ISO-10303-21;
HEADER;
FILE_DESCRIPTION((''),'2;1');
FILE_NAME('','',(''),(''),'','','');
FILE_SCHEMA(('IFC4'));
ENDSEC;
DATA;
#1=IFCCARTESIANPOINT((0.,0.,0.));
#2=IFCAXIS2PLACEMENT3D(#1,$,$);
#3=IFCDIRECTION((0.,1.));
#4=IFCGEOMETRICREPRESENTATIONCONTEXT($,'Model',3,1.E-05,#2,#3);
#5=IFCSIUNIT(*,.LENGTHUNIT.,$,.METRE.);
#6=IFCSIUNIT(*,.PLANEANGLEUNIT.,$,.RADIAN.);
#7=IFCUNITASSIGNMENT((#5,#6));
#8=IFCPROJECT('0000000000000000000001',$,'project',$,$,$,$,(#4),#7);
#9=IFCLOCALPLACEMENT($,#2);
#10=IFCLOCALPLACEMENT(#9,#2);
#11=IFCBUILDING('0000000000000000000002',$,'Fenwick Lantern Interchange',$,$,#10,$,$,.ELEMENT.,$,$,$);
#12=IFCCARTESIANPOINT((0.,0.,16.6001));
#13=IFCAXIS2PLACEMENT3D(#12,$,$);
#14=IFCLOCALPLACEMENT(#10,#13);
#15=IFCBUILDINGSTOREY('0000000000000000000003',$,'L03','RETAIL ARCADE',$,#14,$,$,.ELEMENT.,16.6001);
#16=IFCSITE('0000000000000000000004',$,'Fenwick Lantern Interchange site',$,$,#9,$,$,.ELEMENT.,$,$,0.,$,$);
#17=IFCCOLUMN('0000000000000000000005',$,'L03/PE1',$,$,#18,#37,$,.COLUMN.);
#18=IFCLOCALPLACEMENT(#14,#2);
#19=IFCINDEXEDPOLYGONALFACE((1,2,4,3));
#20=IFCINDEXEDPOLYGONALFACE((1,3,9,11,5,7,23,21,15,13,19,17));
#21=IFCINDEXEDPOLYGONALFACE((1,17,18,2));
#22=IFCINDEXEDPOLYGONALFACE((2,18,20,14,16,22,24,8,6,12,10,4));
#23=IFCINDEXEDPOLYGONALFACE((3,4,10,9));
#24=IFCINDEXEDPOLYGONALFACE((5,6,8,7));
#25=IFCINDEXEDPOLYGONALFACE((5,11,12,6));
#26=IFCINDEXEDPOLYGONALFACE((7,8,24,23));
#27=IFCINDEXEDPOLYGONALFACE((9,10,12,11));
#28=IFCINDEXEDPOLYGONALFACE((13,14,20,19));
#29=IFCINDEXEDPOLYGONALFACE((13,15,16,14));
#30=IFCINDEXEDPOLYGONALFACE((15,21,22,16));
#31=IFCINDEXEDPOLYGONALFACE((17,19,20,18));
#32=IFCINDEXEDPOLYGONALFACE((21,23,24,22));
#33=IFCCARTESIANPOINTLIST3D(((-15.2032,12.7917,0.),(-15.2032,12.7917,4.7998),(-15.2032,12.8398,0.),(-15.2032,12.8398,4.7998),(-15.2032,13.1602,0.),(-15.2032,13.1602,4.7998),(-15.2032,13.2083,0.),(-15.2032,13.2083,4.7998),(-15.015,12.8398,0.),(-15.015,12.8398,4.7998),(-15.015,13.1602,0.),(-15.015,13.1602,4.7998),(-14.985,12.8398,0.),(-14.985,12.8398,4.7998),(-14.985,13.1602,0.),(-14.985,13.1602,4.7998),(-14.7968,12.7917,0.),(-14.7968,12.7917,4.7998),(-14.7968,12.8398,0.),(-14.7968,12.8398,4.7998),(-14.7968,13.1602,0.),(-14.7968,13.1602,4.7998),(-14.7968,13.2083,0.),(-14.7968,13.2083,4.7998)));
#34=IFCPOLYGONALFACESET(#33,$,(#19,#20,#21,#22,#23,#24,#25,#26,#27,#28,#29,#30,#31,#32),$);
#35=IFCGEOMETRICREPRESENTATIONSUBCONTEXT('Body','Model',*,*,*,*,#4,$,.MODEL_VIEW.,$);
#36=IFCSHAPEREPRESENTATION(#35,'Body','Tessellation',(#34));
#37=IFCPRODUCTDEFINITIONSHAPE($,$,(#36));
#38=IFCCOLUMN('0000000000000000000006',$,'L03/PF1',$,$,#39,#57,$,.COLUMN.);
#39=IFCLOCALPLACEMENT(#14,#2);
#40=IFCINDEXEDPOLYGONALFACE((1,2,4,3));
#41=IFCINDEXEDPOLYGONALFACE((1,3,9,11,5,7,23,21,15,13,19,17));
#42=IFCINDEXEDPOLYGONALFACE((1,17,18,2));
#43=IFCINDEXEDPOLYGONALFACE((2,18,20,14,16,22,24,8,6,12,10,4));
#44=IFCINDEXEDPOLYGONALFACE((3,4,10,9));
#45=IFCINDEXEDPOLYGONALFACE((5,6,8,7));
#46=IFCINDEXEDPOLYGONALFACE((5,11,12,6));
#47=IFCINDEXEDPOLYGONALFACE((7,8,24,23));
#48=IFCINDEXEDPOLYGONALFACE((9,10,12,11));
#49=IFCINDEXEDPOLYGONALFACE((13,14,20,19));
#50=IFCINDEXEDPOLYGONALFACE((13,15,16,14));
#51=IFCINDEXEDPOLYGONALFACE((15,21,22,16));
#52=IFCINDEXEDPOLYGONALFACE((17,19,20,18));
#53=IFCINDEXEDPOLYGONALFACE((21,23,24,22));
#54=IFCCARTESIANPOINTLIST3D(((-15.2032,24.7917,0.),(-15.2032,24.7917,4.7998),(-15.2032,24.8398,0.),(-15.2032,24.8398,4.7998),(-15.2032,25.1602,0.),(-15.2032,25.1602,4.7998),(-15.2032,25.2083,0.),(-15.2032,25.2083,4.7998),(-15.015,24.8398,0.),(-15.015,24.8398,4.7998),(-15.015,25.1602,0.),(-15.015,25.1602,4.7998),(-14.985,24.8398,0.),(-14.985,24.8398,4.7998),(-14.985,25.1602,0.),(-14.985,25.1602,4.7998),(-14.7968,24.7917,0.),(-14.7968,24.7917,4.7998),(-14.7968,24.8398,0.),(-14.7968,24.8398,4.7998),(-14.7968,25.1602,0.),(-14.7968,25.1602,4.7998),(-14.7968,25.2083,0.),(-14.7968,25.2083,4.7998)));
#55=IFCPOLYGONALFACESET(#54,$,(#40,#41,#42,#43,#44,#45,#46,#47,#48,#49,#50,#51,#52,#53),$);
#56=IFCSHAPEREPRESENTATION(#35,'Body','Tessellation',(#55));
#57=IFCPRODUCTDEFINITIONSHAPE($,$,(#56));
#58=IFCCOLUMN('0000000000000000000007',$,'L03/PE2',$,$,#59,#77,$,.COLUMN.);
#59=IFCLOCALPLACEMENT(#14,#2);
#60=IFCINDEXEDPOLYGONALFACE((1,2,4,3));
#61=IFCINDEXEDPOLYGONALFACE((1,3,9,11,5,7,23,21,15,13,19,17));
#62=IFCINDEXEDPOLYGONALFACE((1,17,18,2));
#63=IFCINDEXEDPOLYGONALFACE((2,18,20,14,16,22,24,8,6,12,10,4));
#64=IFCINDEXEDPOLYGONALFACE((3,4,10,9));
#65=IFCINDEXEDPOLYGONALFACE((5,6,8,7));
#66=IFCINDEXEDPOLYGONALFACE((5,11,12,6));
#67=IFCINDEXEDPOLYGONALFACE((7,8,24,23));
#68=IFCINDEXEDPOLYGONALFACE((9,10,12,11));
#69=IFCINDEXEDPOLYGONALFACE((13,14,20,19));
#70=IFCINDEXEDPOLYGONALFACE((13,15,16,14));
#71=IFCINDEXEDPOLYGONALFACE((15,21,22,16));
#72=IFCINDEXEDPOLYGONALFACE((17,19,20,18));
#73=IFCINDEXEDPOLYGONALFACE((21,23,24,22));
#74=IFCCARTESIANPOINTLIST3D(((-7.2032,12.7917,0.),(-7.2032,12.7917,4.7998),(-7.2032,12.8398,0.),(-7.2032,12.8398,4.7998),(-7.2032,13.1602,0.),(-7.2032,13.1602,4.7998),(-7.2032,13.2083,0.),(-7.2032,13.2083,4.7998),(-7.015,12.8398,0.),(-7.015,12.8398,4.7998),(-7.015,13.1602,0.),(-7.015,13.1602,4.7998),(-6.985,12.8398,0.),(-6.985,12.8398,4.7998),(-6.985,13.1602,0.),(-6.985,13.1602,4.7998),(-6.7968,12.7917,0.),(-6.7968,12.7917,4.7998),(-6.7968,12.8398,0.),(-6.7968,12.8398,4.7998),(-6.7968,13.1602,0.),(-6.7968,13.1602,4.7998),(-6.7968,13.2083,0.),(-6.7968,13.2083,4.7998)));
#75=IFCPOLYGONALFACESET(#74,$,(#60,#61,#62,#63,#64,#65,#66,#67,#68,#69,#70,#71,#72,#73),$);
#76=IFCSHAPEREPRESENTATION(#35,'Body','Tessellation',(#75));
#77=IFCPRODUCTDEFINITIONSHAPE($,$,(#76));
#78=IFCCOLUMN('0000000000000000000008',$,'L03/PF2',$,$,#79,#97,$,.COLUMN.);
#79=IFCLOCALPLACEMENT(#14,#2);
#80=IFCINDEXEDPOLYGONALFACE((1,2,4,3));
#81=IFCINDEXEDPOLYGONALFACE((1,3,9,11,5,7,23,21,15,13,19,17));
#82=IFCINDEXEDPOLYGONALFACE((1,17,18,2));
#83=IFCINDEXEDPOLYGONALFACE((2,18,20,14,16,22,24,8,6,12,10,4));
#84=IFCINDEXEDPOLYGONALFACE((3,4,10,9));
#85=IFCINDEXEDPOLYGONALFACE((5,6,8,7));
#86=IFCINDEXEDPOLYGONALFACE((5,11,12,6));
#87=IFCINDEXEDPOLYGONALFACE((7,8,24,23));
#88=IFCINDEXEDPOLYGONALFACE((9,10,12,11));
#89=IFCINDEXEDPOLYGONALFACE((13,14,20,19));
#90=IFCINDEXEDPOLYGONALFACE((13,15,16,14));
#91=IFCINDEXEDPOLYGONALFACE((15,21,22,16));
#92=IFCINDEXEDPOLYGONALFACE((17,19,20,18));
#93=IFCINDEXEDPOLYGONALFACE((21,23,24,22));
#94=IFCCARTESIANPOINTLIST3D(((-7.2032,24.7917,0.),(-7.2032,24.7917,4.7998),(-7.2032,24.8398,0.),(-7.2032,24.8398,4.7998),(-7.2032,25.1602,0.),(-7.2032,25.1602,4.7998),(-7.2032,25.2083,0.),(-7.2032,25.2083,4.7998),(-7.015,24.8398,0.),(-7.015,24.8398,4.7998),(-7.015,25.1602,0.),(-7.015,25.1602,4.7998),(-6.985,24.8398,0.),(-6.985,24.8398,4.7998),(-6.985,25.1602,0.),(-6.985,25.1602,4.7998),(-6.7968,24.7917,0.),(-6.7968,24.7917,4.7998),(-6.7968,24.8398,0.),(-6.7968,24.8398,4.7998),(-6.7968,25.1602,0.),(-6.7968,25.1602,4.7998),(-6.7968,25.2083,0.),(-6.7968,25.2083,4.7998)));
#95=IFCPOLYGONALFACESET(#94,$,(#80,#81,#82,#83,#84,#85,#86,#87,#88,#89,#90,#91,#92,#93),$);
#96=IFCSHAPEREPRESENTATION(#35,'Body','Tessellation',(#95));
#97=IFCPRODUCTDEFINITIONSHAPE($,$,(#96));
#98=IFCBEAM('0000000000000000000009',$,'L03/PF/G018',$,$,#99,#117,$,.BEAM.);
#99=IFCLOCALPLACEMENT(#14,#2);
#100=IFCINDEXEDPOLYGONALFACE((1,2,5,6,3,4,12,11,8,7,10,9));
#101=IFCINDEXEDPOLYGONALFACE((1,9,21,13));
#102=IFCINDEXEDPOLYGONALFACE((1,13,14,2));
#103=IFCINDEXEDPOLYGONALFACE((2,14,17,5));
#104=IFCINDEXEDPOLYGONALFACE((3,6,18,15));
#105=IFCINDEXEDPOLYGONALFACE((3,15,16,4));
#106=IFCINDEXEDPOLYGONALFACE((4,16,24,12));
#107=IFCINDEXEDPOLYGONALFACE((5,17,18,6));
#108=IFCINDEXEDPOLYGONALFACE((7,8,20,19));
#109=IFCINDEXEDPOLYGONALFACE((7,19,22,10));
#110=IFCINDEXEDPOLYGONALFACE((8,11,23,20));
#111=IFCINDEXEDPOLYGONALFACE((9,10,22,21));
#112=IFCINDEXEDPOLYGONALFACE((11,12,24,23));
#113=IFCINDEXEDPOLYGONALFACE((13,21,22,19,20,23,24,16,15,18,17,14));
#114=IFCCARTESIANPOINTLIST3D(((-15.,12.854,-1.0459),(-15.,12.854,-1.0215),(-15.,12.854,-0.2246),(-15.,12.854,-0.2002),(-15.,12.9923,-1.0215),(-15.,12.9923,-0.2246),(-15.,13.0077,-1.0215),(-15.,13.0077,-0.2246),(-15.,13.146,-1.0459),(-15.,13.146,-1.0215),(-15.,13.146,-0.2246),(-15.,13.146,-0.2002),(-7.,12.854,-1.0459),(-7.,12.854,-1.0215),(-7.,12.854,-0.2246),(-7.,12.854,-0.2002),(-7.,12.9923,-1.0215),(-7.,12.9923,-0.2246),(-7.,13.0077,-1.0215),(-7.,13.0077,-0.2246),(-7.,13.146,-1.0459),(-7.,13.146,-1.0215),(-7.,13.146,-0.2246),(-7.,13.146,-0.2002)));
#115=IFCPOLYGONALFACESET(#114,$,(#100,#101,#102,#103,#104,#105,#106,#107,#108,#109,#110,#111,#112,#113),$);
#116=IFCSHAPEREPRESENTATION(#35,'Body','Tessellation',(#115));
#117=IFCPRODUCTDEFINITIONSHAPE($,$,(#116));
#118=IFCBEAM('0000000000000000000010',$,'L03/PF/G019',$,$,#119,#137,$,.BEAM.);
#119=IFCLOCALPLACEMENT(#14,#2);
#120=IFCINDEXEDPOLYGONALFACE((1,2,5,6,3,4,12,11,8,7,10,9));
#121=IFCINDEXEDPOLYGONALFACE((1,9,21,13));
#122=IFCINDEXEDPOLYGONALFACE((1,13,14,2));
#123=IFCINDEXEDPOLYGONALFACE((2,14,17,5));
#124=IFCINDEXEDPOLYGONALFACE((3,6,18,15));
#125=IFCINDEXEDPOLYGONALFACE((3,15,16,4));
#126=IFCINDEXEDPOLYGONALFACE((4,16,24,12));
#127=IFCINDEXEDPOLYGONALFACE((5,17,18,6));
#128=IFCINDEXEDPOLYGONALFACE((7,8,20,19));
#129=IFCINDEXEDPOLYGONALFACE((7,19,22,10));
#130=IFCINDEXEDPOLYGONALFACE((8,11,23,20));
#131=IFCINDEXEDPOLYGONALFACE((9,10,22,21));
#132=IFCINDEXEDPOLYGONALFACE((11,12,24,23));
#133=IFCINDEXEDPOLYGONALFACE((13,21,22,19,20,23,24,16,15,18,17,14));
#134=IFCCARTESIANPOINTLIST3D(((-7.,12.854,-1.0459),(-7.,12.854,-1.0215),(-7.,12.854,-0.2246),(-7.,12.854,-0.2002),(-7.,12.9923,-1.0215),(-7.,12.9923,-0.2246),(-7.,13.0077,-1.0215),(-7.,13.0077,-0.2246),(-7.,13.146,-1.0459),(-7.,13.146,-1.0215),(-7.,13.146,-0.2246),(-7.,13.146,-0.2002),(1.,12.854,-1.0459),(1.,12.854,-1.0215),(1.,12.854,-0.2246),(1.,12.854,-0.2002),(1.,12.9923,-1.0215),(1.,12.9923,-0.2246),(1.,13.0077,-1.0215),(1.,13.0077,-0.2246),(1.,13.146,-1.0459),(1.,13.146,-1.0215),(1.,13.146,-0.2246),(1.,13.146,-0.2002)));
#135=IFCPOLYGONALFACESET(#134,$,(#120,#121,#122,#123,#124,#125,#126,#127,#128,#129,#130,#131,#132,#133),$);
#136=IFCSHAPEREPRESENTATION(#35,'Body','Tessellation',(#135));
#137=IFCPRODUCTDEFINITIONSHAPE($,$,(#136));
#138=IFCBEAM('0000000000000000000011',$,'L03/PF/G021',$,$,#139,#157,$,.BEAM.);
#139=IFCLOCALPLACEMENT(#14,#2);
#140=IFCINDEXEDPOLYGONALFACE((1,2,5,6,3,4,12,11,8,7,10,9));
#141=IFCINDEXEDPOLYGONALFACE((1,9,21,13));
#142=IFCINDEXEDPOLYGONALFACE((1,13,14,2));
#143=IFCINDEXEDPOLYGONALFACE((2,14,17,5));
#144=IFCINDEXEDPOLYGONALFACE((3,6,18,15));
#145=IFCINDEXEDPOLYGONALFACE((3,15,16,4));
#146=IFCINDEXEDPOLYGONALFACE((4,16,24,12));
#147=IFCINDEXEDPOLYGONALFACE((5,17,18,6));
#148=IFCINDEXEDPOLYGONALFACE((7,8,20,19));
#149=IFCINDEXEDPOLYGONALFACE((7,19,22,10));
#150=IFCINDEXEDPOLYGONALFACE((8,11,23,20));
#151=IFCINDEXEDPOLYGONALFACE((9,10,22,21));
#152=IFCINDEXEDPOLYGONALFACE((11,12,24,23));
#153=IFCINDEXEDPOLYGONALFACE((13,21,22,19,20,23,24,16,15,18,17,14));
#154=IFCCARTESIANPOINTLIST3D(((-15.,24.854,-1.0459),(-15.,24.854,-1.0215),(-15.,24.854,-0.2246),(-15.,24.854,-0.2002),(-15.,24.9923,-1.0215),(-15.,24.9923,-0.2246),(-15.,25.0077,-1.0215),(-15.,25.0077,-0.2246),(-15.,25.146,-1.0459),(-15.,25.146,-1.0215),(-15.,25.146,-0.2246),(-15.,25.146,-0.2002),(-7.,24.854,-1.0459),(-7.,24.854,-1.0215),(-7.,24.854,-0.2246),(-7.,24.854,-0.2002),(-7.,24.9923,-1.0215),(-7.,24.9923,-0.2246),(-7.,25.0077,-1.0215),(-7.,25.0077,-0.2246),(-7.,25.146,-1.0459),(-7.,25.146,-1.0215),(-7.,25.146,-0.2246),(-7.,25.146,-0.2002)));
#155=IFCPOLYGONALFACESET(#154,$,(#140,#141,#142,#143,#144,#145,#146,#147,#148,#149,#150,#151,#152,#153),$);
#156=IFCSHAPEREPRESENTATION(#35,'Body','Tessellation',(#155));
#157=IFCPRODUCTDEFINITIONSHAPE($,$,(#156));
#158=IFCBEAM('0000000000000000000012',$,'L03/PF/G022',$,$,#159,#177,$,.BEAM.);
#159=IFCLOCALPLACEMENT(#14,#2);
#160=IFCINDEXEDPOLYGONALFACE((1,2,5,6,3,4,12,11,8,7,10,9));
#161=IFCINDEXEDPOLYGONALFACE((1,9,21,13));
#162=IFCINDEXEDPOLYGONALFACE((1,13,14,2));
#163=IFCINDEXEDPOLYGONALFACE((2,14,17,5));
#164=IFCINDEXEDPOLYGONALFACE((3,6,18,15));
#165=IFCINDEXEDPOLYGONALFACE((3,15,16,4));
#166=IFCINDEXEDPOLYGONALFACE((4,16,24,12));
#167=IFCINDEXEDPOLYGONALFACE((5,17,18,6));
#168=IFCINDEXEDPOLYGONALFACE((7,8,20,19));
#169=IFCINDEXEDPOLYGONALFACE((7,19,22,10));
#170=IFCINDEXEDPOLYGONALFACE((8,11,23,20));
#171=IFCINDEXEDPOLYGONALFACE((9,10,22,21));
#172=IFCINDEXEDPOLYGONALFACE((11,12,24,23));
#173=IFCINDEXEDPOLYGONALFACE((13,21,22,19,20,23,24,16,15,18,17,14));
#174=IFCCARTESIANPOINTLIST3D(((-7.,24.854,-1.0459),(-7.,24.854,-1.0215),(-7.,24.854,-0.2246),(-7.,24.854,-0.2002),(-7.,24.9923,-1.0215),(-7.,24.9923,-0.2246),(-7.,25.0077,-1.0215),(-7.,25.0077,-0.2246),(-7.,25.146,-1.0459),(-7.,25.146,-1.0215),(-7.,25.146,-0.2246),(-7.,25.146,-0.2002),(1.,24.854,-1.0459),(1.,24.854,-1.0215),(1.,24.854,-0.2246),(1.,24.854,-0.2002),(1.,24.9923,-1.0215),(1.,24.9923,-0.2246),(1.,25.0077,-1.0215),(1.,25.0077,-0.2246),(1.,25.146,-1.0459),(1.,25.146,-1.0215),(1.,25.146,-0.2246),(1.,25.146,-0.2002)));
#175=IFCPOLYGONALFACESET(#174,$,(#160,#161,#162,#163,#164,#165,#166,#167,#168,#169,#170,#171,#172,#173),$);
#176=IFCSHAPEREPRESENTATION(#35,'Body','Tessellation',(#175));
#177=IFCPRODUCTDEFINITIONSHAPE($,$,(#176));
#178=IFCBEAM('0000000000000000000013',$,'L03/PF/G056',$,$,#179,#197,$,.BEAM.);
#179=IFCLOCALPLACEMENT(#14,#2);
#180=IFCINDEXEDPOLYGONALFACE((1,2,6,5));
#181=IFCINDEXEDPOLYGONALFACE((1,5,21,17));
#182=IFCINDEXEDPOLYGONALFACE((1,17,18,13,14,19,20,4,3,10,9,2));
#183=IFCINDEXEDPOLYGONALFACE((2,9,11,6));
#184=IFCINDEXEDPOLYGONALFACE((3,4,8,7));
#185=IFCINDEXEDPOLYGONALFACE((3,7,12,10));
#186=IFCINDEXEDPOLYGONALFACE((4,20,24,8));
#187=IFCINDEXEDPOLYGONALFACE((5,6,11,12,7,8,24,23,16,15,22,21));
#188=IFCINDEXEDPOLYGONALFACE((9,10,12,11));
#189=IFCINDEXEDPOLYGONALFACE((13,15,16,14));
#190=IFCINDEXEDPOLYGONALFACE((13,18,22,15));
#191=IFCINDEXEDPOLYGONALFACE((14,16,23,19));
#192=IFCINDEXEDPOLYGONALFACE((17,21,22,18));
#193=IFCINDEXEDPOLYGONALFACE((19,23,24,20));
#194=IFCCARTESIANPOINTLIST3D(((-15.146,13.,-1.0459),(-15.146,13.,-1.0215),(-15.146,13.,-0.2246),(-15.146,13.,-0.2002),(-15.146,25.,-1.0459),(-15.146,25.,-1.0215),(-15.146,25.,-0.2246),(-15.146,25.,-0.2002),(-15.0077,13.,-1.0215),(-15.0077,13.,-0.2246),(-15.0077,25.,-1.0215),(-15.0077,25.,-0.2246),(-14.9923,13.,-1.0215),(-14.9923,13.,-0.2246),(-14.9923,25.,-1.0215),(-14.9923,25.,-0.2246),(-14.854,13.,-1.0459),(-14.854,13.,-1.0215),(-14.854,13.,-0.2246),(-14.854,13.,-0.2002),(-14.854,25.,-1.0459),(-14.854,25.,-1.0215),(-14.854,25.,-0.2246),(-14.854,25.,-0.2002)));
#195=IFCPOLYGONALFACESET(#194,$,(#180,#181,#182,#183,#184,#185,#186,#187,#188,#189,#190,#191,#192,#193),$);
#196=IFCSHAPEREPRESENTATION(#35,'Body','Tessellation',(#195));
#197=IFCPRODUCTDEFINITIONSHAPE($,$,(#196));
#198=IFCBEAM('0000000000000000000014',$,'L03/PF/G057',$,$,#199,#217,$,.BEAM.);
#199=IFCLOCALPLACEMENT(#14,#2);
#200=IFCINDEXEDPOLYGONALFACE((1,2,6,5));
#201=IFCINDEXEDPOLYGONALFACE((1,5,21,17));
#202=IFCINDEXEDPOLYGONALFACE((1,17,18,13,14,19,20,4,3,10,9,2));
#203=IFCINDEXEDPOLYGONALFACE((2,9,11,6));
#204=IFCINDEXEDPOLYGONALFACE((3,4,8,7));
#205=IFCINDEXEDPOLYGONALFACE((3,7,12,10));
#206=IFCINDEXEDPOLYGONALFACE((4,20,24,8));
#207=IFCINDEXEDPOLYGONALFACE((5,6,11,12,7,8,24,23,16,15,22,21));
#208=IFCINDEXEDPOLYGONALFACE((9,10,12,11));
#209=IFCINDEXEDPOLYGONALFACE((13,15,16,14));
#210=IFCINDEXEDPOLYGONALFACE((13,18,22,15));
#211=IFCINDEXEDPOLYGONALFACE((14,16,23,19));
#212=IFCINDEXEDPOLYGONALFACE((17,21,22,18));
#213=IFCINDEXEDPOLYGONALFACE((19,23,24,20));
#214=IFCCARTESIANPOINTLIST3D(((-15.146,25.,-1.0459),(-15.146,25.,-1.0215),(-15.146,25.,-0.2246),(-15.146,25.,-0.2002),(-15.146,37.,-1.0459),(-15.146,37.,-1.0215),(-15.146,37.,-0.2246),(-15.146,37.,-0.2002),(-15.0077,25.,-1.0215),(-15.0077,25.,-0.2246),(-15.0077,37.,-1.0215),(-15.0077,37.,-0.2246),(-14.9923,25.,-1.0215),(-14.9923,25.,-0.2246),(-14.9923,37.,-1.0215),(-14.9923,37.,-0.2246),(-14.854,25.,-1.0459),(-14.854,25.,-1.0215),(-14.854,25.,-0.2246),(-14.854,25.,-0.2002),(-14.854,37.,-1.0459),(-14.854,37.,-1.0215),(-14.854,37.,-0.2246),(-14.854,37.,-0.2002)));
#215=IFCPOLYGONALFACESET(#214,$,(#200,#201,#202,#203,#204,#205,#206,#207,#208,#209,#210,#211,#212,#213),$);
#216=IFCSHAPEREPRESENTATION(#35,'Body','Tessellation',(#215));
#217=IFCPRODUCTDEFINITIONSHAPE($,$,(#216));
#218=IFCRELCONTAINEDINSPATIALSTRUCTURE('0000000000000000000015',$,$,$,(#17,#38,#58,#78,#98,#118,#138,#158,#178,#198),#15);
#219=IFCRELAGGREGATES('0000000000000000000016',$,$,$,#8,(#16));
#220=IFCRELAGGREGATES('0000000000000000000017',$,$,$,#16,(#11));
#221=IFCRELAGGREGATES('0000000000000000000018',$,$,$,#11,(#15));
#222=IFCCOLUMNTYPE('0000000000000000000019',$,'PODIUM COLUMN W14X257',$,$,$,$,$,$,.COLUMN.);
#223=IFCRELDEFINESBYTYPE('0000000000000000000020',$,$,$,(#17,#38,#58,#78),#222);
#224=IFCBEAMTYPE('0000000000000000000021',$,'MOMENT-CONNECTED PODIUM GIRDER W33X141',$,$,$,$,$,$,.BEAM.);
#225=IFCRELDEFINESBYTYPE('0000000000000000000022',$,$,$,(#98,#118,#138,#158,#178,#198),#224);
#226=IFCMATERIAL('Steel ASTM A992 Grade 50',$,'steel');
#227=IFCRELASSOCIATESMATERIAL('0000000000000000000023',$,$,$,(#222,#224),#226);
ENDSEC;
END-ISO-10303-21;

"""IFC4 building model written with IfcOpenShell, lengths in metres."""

from ifc_helpers import new_model, si_unit, direction, frame, origin, origin_2d, place, context, subcontext, project, spatial, i_section, extrude, material, material_profile, profile_set, type_object, element, save


model = new_model("IFC4")

# Units and contexts
model_context = context("Model", 3, precision=1e-05, world=origin(), true_north=direction((0.0, 1.0)))
body_context = subcontext(model_context, "Body", "Model", "MODEL_VIEW")
ifc_project = project(units=[si_unit("LENGTHUNIT", "METRE"), si_unit("PLANEANGLEUNIT", "RADIAN")], contexts=[model_context])

# Site, building, storey
site_placement = place(None, origin())
site = spatial("IfcSite", under=ifc_project, at=site_placement, Name="Fenwick Lantern Interchange site", CompositionType="ELEMENT", RefElevation=0.0)
building_placement = place(site_placement, origin())
building = spatial("IfcBuilding", under=site, at=building_placement, Name="Fenwick Lantern Interchange", CompositionType="ELEMENT")
storey_placement = place(building_placement, frame((0.0, 0.0, 16.6001)))
storey = spatial("IfcBuildingStorey", under=building, at=storey_placement, Name="L03", Description="RETAIL ARCADE", CompositionType="ELEMENT", Elevation=16.6001)

# Columns
ifc_material_1 = material(Name="Steel ASTM A992 Grade 50", Category="steel")
ifc_material_profile_1 = material_profile(ifc_material_1, i_section(OverallWidth=0.4065, OverallDepth=0.4165, WebThickness=0.03, FlangeThickness=0.0481, at=origin_2d()), Name="W14X257")
ifc_profile_set_1 = profile_set([ifc_material_profile_1], Name="Steel ASTM A992 Grade 50")
column_type = type_object("IfcColumnType", Name="PODIUM COLUMN W14X257", PredefinedType="COLUMN", material=ifc_profile_set_1)
for number, where, z_axis, x_axis, name in (
    (1, (-15.0, 13.0, 0.0), (0.0, 0.0, 1.0), (1.0, 0.0, 0.0), "L03/PE1"),
    (2, (-15.0, 25.0, 0.0), (0.0, 0.0, 1.0), (1.0, 0.0, 0.0), "L03/PF1"),
    (3, (-7.0, 13.0, 0.0), (0.0, 0.0, 1.0), (1.0, 0.0, 0.0), "L03/PE2"),
    (4, (-7.0, 25.0, 0.0), (0.0, 0.0, 1.0), (1.0, 0.0, 0.0), "L03/PF2"),
):
    element("IfcColumn", number, at=place(storey_placement, frame(where, z_axis=z_axis, x_axis=x_axis)), inside=storey, type_object=column_type, Name=name, PredefinedType="COLUMN", context=body_context, shape_type="SweptSolid", body=[
        extrude(i_section(OverallWidth=0.4065, OverallDepth=0.4165, WebThickness=0.03, FlangeThickness=0.0481, at=origin_2d()), origin(), (0.0, 0.0, 1.0), 4.7998),
    ])

# Beams
ifc_material_profile_2 = material_profile(ifc_material_1, i_section(OverallWidth=0.292, OverallDepth=0.8457, WebThickness=0.0154, FlangeThickness=0.0244, at=origin_2d()), Name="W33X141")
ifc_profile_set_2 = profile_set([ifc_material_profile_2], Name="Steel ASTM A992 Grade 50")
beam_type_1 = type_object("IfcBeamType", Name="MOMENT-CONNECTED PODIUM GIRDER W33X141", PredefinedType="BEAM", material=ifc_profile_set_2)
for number, where, z_axis, x_axis, name in (
    (5, (-15.0, 13.0, -0.623), (1.0, 0.0, 0.0), (0.0, 1.0, 0.0), "L03/PF/G018"),
    (6, (-7.0, 13.0, -0.623), (1.0, 0.0, 0.0), (0.0, 1.0, 0.0), "L03/PF/G019"),
    (7, (-15.0, 25.0, -0.623), (1.0, 0.0, 0.0), (0.0, 1.0, 0.0), "L03/PF/G021"),
    (8, (-7.0, 25.0, -0.623), (1.0, 0.0, 0.0), (0.0, 1.0, 0.0), "L03/PF/G022"),
):
    element("IfcBeam", number, at=place(storey_placement, frame(where, z_axis=z_axis, x_axis=x_axis)), inside=storey, type_object=beam_type_1, Name=name, PredefinedType="BEAM", context=body_context, shape_type="SweptSolid", body=[
        extrude(i_section(OverallWidth=0.292, OverallDepth=0.8457, WebThickness=0.0154, FlangeThickness=0.0244, at=origin_2d()), origin(), (0.0, 0.0, 1.0), 8.0),
    ])
for number, where, z_axis, x_axis, name in (
    (9, (-15.0, 13.0, -0.623), (0.0, 1.0, 0.0), (-1.0, 0.0, 0.0), "L03/PF/G056"),
    (10, (-15.0, 25.0, -0.623), (0.0, 1.0, 0.0), (-1.0, 0.0, 0.0), "L03/PF/G057"),
):
    element("IfcBeam", number, at=place(storey_placement, frame(where, z_axis=z_axis, x_axis=x_axis)), inside=storey, type_object=beam_type_1, Name=name, PredefinedType="BEAM", context=body_context, shape_type="SweptSolid", body=[
        extrude(i_section(OverallWidth=0.292, OverallDepth=0.8457, WebThickness=0.0154, FlangeThickness=0.0244, at=origin_2d()), origin(), (0.0, 0.0, 1.0), 12.0),
    ])

save(model, "model.ifc")
